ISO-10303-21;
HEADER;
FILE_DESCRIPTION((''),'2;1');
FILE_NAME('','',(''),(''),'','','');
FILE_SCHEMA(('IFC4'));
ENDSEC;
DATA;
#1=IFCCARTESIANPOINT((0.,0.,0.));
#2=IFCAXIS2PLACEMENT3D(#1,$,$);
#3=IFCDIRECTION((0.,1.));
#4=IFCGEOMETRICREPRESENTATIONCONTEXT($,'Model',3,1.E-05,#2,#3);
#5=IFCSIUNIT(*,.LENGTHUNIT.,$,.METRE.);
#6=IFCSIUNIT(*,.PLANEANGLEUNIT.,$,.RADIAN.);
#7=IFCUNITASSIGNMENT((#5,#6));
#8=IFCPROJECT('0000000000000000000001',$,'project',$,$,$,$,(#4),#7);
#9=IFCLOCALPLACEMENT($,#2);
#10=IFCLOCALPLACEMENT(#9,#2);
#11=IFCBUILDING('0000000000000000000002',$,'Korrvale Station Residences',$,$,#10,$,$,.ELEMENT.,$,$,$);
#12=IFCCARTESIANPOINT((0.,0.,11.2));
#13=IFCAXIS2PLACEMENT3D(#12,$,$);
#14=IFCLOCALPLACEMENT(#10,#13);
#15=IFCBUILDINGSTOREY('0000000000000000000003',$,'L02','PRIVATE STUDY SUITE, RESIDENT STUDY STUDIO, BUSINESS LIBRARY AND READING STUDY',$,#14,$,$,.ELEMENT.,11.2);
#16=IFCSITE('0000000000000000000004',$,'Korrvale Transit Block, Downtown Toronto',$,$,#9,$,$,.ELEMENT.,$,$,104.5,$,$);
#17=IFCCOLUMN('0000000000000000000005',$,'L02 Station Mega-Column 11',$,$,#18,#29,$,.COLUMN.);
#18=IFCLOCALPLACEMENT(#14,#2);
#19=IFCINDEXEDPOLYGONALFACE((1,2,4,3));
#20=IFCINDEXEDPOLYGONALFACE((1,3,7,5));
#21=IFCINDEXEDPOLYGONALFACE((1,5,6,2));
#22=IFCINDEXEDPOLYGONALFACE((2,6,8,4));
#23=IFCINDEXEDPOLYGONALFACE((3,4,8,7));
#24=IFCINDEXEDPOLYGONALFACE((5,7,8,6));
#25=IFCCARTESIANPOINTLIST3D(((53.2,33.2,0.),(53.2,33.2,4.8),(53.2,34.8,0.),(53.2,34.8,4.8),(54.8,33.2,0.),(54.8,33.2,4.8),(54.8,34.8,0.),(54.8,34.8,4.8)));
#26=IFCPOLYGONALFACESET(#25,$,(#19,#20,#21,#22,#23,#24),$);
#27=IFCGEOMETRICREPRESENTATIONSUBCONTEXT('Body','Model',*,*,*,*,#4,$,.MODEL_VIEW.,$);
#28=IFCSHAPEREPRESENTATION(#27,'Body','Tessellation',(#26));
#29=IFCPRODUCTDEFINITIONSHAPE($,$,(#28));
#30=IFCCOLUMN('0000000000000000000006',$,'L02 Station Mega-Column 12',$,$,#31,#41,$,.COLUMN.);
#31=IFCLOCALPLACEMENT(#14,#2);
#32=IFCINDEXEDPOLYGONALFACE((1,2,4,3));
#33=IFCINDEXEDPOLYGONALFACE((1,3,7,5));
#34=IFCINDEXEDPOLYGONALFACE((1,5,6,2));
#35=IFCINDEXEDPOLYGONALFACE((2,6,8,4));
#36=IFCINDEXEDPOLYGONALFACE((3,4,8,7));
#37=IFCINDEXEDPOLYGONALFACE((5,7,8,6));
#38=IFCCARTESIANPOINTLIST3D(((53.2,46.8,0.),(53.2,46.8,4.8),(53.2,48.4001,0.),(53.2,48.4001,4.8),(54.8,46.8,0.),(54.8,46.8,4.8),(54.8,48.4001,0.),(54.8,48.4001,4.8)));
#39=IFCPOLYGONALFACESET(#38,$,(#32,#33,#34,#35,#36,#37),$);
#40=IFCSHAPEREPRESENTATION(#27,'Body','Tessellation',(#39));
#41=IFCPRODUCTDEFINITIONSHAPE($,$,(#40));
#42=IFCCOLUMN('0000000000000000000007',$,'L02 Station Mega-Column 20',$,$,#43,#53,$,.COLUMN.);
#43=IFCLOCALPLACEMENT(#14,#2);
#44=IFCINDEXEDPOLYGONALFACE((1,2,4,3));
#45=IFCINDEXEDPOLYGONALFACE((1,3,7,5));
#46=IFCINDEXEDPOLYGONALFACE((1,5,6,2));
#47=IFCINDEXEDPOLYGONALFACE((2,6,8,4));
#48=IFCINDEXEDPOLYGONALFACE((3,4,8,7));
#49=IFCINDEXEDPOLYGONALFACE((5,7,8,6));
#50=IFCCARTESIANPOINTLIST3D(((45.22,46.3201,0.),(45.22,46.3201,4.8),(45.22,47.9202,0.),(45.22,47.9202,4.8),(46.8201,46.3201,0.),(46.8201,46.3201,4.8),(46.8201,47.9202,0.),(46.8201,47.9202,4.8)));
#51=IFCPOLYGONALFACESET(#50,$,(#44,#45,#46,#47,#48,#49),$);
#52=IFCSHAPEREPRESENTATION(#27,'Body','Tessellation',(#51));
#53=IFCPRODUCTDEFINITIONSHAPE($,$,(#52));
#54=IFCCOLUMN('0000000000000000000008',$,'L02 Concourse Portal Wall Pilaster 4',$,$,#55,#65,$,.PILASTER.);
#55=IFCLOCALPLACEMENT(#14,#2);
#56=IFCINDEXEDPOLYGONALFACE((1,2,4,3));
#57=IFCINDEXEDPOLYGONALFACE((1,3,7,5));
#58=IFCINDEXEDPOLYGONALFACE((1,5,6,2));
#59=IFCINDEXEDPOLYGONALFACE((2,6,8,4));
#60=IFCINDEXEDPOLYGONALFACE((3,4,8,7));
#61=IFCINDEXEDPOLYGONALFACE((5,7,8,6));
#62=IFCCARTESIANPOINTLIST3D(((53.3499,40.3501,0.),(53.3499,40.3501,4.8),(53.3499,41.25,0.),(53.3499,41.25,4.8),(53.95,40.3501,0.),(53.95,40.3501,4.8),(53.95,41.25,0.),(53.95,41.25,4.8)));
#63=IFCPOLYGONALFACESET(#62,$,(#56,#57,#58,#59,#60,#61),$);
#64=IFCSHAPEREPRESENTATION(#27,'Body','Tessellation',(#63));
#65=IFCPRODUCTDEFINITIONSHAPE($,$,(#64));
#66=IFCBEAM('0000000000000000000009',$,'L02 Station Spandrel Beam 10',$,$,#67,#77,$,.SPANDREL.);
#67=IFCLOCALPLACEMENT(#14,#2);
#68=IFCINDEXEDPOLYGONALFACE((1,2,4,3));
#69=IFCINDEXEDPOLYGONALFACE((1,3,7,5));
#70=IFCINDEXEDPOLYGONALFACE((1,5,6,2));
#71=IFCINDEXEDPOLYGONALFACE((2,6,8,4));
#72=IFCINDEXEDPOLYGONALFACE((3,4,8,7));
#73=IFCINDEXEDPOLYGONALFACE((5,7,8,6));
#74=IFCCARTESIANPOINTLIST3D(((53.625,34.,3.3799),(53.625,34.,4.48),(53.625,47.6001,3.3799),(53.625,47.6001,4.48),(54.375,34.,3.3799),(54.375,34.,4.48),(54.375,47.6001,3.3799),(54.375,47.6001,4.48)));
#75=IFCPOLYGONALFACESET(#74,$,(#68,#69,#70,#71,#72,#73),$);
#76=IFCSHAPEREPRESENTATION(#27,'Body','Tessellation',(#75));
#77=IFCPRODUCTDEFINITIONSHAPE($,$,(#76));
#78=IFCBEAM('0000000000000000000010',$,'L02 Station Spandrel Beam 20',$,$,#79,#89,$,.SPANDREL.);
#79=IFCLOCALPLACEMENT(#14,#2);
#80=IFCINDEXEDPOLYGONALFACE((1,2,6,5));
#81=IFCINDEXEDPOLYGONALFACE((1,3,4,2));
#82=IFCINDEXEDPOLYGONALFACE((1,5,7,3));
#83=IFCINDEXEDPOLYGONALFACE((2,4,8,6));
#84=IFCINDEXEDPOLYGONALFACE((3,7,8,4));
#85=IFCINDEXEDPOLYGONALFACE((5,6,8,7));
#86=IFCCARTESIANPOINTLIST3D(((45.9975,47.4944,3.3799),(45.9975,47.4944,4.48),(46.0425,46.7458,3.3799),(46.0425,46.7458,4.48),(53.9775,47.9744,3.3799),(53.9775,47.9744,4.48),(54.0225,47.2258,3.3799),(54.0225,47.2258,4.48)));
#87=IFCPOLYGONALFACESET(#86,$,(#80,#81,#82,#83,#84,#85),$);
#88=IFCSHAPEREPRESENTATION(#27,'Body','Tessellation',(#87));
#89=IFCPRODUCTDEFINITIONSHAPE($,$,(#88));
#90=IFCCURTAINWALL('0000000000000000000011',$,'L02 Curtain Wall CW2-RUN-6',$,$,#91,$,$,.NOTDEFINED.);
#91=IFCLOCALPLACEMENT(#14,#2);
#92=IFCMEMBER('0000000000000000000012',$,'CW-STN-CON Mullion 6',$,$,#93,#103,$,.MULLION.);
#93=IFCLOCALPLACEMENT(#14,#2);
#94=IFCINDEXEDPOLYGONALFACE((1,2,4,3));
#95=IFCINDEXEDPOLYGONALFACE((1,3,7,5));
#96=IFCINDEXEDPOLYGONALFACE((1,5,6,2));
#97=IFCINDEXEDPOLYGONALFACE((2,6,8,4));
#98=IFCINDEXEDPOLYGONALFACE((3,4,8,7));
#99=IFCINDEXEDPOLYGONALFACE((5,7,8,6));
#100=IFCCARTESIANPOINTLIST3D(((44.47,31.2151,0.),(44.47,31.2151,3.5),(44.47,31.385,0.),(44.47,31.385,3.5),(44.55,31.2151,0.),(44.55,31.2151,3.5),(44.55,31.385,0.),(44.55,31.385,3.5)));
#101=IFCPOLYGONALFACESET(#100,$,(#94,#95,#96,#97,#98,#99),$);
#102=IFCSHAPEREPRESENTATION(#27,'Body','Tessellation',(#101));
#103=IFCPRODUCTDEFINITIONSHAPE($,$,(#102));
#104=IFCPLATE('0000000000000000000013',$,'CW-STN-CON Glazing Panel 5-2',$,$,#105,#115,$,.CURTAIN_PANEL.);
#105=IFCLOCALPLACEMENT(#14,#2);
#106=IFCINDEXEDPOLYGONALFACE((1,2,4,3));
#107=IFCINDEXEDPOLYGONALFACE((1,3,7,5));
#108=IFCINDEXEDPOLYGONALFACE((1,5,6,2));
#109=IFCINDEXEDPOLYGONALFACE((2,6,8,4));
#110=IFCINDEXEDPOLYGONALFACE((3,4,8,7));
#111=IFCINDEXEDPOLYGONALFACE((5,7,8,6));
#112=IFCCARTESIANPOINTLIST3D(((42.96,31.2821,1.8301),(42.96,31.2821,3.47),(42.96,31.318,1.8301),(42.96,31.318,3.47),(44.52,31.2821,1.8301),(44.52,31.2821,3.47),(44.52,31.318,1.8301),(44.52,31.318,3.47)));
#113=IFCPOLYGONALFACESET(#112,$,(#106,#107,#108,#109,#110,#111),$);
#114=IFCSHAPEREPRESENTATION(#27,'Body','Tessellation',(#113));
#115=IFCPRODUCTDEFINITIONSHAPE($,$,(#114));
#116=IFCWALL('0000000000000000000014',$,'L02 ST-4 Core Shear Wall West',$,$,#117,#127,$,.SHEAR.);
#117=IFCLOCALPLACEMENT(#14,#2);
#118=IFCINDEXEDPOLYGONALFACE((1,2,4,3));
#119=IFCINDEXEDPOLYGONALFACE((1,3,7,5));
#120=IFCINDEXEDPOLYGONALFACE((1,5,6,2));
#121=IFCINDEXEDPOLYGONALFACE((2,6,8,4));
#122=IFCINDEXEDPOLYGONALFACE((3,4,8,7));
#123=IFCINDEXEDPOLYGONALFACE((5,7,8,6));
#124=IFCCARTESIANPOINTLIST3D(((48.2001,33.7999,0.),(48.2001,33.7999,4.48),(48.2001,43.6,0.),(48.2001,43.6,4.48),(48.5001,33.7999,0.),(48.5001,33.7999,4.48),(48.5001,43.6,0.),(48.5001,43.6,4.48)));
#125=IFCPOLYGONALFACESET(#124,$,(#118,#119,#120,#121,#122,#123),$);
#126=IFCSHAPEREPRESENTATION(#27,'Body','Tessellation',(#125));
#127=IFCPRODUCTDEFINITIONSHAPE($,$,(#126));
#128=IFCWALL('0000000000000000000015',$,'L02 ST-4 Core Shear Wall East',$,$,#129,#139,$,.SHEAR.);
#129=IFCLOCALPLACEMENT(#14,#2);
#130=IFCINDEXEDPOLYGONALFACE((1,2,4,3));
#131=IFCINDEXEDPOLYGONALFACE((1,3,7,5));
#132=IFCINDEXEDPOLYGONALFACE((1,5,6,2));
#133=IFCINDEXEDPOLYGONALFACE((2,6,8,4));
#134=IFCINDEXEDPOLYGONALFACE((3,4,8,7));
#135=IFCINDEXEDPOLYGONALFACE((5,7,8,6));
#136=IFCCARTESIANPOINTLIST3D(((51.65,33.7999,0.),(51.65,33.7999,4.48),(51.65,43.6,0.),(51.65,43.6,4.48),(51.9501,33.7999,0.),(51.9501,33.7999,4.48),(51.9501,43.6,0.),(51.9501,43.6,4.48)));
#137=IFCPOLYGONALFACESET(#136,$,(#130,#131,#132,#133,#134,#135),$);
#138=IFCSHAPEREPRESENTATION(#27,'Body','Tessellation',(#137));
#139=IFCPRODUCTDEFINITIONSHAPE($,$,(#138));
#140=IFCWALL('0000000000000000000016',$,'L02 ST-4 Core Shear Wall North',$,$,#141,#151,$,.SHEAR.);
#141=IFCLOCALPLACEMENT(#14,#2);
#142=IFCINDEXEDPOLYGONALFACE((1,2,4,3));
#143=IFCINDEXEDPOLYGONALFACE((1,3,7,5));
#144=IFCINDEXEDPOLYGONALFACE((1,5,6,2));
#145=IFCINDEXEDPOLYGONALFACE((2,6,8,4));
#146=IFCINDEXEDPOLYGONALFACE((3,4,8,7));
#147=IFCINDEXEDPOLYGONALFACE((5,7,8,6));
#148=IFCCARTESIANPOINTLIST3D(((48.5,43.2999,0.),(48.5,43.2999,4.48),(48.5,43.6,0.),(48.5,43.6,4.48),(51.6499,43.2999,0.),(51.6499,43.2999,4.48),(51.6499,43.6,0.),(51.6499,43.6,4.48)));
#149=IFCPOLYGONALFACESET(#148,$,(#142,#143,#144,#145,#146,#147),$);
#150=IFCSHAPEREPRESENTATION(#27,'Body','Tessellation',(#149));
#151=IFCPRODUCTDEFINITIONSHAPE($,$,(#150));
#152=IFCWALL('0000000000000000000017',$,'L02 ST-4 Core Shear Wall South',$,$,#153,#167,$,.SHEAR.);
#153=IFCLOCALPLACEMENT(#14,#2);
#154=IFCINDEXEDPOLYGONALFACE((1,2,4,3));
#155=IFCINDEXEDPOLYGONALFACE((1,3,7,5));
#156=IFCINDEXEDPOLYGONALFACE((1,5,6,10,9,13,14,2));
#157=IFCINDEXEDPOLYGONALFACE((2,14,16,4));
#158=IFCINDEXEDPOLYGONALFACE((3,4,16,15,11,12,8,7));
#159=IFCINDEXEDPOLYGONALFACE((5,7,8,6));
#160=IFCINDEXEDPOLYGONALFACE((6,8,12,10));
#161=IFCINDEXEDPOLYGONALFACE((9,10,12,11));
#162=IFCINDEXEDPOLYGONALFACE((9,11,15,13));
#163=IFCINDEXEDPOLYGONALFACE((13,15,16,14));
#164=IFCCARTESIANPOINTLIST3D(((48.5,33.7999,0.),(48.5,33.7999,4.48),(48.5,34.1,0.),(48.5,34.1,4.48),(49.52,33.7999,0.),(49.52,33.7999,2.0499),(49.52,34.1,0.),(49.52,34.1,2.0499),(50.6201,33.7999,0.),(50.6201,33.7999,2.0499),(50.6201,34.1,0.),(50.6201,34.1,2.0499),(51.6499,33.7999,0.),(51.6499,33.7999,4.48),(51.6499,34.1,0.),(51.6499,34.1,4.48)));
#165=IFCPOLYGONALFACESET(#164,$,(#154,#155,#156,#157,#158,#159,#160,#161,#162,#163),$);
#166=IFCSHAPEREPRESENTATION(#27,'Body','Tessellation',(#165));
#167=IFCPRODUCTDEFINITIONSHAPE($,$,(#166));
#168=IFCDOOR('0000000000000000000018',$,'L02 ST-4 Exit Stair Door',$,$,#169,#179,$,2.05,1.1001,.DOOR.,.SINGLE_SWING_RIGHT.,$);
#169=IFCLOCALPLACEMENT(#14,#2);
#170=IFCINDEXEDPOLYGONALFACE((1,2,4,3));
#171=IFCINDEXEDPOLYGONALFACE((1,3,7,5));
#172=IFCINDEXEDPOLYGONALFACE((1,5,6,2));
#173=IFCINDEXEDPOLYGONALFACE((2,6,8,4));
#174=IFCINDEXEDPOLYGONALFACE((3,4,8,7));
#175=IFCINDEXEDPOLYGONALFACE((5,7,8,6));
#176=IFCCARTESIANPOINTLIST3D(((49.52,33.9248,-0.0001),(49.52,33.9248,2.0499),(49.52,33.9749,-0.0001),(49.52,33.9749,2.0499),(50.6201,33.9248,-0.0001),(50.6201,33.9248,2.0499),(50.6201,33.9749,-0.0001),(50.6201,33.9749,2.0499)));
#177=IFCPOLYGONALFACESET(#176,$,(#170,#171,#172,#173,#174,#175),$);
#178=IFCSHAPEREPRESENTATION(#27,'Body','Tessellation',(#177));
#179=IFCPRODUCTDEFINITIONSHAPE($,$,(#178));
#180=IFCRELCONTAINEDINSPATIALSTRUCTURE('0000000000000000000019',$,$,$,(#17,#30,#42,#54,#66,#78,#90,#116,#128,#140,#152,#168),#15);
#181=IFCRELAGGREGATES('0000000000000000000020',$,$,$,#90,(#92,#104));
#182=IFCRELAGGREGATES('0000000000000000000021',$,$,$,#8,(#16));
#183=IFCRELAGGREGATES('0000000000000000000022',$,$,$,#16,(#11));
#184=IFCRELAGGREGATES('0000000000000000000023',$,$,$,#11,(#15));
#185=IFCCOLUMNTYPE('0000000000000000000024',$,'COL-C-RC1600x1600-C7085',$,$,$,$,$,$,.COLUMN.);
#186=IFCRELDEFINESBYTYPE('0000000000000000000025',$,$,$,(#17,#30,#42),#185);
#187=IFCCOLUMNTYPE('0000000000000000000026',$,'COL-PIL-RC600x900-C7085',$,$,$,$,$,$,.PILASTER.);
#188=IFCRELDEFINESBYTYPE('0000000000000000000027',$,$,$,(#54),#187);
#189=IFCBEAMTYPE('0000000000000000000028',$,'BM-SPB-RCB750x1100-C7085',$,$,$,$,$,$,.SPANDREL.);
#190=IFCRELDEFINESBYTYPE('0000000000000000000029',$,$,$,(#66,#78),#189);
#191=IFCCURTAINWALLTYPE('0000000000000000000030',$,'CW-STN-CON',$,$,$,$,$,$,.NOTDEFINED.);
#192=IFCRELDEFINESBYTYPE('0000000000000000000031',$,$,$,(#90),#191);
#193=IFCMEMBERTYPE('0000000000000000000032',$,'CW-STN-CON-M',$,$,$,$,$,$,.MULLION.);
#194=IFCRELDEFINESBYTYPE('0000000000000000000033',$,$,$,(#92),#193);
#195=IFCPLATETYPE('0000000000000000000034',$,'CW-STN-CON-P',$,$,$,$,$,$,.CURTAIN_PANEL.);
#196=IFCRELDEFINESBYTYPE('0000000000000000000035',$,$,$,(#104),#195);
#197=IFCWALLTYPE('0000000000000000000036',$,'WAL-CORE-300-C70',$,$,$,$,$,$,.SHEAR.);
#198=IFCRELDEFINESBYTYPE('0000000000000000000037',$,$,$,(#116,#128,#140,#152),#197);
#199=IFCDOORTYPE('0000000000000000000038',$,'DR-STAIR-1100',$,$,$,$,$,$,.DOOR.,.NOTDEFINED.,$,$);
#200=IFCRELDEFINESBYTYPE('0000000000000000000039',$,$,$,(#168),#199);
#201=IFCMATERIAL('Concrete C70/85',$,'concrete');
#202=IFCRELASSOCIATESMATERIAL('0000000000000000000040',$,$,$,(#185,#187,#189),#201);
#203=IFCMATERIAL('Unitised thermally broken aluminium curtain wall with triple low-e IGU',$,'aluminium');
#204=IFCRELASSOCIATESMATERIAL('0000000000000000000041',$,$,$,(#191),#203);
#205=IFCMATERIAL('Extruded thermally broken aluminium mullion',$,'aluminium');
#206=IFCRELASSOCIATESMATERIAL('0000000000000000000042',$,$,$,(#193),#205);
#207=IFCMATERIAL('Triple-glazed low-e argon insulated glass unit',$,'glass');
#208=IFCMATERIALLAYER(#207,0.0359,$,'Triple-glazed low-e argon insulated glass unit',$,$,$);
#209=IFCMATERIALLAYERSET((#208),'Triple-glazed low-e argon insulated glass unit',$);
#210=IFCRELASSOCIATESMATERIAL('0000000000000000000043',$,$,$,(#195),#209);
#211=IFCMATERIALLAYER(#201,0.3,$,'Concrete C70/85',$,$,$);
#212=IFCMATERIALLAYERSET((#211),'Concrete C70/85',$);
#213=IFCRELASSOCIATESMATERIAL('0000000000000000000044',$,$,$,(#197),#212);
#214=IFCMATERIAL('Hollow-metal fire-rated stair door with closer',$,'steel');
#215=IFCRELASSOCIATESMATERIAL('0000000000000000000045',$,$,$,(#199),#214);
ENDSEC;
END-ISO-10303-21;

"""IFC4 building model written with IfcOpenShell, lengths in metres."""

from ifc_helpers import new_model, si_unit, direction, frame, frame_2d, origin, origin_2d, place, context, subcontext, project, spatial, rectangle, extrude, material, layer, layer_set, material_profile, profile_set, type_object, element, fill, aggregate, save


model = new_model("IFC4")

# Units and contexts
model_context = context("Model", 3, precision=1e-05, world=origin(), true_north=direction((0.0, 1.0)))
body_context = subcontext(model_context, "Body", "Model", "MODEL_VIEW")
ifc_project = project(units=[si_unit("LENGTHUNIT", "METRE"), si_unit("PLANEANGLEUNIT", "RADIAN")], contexts=[model_context])

# Site, building, storey
site_placement = place(None, origin())
site = spatial("IfcSite", under=ifc_project, at=site_placement, Name="Korrvale Transit Block, Downtown Toronto", CompositionType="ELEMENT", RefElevation=104.5)
building_placement = place(site_placement, origin())
building = spatial("IfcBuilding", under=site, at=building_placement, Name="Korrvale Station Residences", CompositionType="ELEMENT")
storey_placement = place(building_placement, frame((0.0, 0.0, 11.2)))
storey = spatial("IfcBuildingStorey", under=building, at=storey_placement, Name="L02", Description="PRIVATE STUDY SUITE, RESIDENT STUDY STUDIO, BUSINESS LIBRARY AND READING STUDY", CompositionType="ELEMENT", Elevation=11.2)

# Columns
ifc_material_1 = material(Name="Concrete C70/85", Category="concrete")
ifc_material_profile_1 = material_profile(ifc_material_1, rectangle(XDim=1.6001, YDim=1.6001, at=origin_2d()), Name="RC1600x1600")
ifc_profile_set_1 = profile_set([ifc_material_profile_1], Name="Concrete C70/85")
column_type_1 = type_object("IfcColumnType", Name="COL-C-RC1600x1600-C7085", PredefinedType="COLUMN", material=ifc_profile_set_1)
for number, where, z_axis, x_axis, name in (
    (1, (54.0, 34.0, 0.0), (0.0, 0.0, 1.0), (1.0, 0.0, 0.0), "L02 Station Mega-Column 11"),
    (2, (54.0, 47.6001, 0.0), (0.0, 0.0, 1.0), (1.0, 0.0, 0.0), "L02 Station Mega-Column 12"),
    (3, (46.02, 47.1201, 0.0), (0.0, 0.0, 1.0), (1.0, 0.0, 0.0), "L02 Station Mega-Column 20"),
):
    element("IfcColumn", number, at=place(storey_placement, frame(where, z_axis=z_axis, x_axis=x_axis)), inside=storey, type_object=column_type_1, Name=name, PredefinedType="COLUMN", context=body_context, shape_type="SweptSolid", body=[
        extrude(rectangle(XDim=1.6001, YDim=1.6001, at=origin_2d()), origin(), (0.0, 0.0, 1.0), 4.8),
    ])
ifc_material_profile_2 = material_profile(ifc_material_1, rectangle(XDim=0.6001, YDim=0.8999, at=origin_2d()), Name="RC600x900")
ifc_profile_set_2 = profile_set([ifc_material_profile_2], Name="Concrete C70/85")
column_type_2 = type_object("IfcColumnType", Name="COL-PIL-RC600x900-C7085", PredefinedType="PILASTER", material=ifc_profile_set_2)
column_placement = place(storey_placement, frame((53.6499, 40.8, 0.0), z_axis=(0.0, 0.0, 1.0), x_axis=(1.0, 0.0, 0.0)))
element("IfcColumn", 4, at=column_placement, inside=storey, type_object=column_type_2, Name="L02 Concourse Portal Wall Pilaster 4", PredefinedType="PILASTER", context=body_context, shape_type="SweptSolid", body=[
    extrude(rectangle(XDim=0.6001, YDim=0.8999, at=origin_2d()), origin(), (0.0, 0.0, 1.0), 4.8),
])

# Beams
ifc_material_profile_3 = material_profile(ifc_material_1, rectangle(XDim=0.75, YDim=1.1001, at=origin_2d()), Name="RCB750x1100")
ifc_profile_set_3 = profile_set([ifc_material_profile_3], Name="Concrete C70/85")
beam_type = type_object("IfcBeamType", Name="BM-SPB-RCB750x1100-C7085", PredefinedType="SPANDREL", material=ifc_profile_set_3)
beam_1_placement = place(storey_placement, frame((54.0, 34.0, 3.9299), z_axis=(0.0, 1.0, 0.0), x_axis=(-1.0, 0.0, 0.0)))
element("IfcBeam", 5, at=beam_1_placement, inside=storey, type_object=beam_type, Name="L02 Station Spandrel Beam 10", PredefinedType="SPANDREL", context=body_context, shape_type="SweptSolid", body=[
    extrude(rectangle(XDim=0.75, YDim=1.1001, at=origin_2d()), origin(), (0.0, 0.0, 1.0), 13.6001),
])
beam_2_placement = place(storey_placement, frame((46.02, 47.1201, 3.9299), z_axis=(0.998196, 0.06004, 0.0), x_axis=(-0.06004, 0.998196, 0.0)))
element("IfcBeam", 6, at=beam_2_placement, inside=storey, type_object=beam_type, Name="L02 Station Spandrel Beam 20", PredefinedType="SPANDREL", context=body_context, shape_type="SweptSolid", body=[
    extrude(rectangle(XDim=0.75, YDim=1.1001, at=origin_2d()), origin(), (0.0, 0.0, 1.0), 7.9944),
])

# Curtain wall, member, plate
ifc_material_2 = material(Name="Unitised thermally broken aluminium curtain wall with triple low-e IGU", Category="aluminium")
curtain_wall_type = type_object("IfcCurtainWallType", Name="CW-STN-CON", PredefinedType="NOTDEFINED", material=ifc_material_2)
curtain_wall_placement = place(storey_placement, origin())
curtain_wall = element("IfcCurtainWall", 7, at=curtain_wall_placement, inside=storey, type_object=curtain_wall_type, Name="L02 Curtain Wall CW2-RUN-6", PredefinedType="NOTDEFINED")
ifc_material_3 = material(Name="Extruded thermally broken aluminium mullion", Category="aluminium")
member_type = type_object("IfcMemberType", Name="CW-STN-CON-M", PredefinedType="MULLION", material=ifc_material_3)
member_placement = place(storey_placement, frame((44.51, 31.3, 0.0), z_axis=(0.0, 0.0, 1.0), x_axis=(1.0, 0.0, 0.0)))
member = element("IfcMember", 8, at=member_placement, type_object=member_type, Name="CW-STN-CON Mullion 6", PredefinedType="MULLION", context=body_context, shape_type="SweptSolid", body=[
    extrude(rectangle(XDim=0.0801, YDim=0.1699, at=origin_2d()), origin(), (0.0, 0.0, 1.0), 3.5),
])
ifc_material_4 = material(Name="Triple-glazed low-e argon insulated glass unit", Category="glass")
ifc_layer_1 = layer(ifc_material_4, 0.0359, Name="Triple-glazed low-e argon insulated glass unit")
ifc_layer_set_1 = layer_set([ifc_layer_1], Name="Triple-glazed low-e argon insulated glass unit")
plate_type = type_object("IfcPlateType", Name="CW-STN-CON-P", PredefinedType="CURTAIN_PANEL", material=ifc_layer_set_1)
plate_placement = place(storey_placement, frame((43.74, 31.3, 1.8301), z_axis=(0.0, 0.0, 1.0), x_axis=(1.0, 0.0, 0.0)))
plate = element("IfcPlate", 9, at=plate_placement, type_object=plate_type, Name="CW-STN-CON Glazing Panel 5-2", PredefinedType="CURTAIN_PANEL", context=body_context, shape_type="SweptSolid", body=[
    extrude(rectangle(XDim=1.5601, YDim=0.0359, at=origin_2d()), origin(), (0.0, 0.0, 1.0), 1.6399),
])
aggregate(curtain_wall, [member, plate])

# Walls
ifc_layer_2 = layer(ifc_material_1, 0.3, Name="Concrete C70/85")
ifc_layer_set_2 = layer_set([ifc_layer_2], Name="Concrete C70/85")
wall_type_1 = type_object("IfcWallType", Name="WAL-CORE-300-C70", PredefinedType="SHEAR", material=ifc_layer_set_2)
for number, where, z_axis, x_axis, name in (
    (10, (48.3501, 33.8, 0.0), (0.0, 0.0, 1.0), (0.0, 1.0, 0.0), "L02 ST-4 Core Shear Wall West"),
    (11, (51.8, 33.8, 0.0), (0.0, 0.0, 1.0), (0.0, 1.0, 0.0), "L02 ST-4 Core Shear Wall East"),
):
    element("IfcWall", number, at=place(storey_placement, frame(where, z_axis=z_axis, x_axis=x_axis)), inside=storey, type_object=wall_type_1, Name=name, PredefinedType="SHEAR", context=body_context, shape_type="SweptSolid", body=[
        extrude(rectangle(XDim=9.8, YDim=0.3, at=frame_2d((4.8999, 0.0))), origin(), (0.0, 0.0, 1.0), 4.48),
    ])
wall_1_placement = place(storey_placement, frame((48.5, 43.45, 0.0), z_axis=(0.0, 0.0, 1.0), x_axis=(1.0, 0.0, 0.0)))
element("IfcWall", 12, at=wall_1_placement, inside=storey, type_object=wall_type_1, Name="L02 ST-4 Core Shear Wall North", PredefinedType="SHEAR", context=body_context, shape_type="SweptSolid", body=[
    extrude(rectangle(XDim=3.1499, YDim=0.3, at=frame_2d((1.575, 0.0))), origin(), (0.0, 0.0, 1.0), 4.48),
])

# Wall, opening, door
wall_2_placement = place(storey_placement, frame((48.5, 33.95, 0.0), z_axis=(0.0, 0.0, 1.0), x_axis=(1.0, 0.0, 0.0)))
wall_2 = element("IfcWall", 13, at=wall_2_placement, inside=storey, type_object=wall_type_1, Name="L02 ST-4 Core Shear Wall South", PredefinedType="SHEAR", context=body_context, shape_type="SweptSolid", body=[
    extrude(rectangle(XDim=3.1499, YDim=0.3, at=frame_2d((1.575, 0.0))), origin(), (0.0, 0.0, 1.0), 4.48),
])
opening_1_placement = place(wall_2_placement, frame((1.02, 0.0, 0.0)))
opening_1 = element("IfcOpeningElement", 14, at=opening_1_placement, cuts=wall_2, PredefinedType="OPENING", context=body_context, shape_type="SweptSolid", body=[
    extrude(rectangle(XDim=1.1001, YDim=2.05, at=frame_2d((0.55, 1.0249))), frame((0.0, 0.1602, 0.0), z_axis=(0.0, -1.0, 0.0), x_axis=(1.0, 0.0, 0.0)), (0.0, 0.0, 1.0), 0.3201),
])
ifc_material_5 = material(Name="Hollow-metal fire-rated stair door with closer", Category="steel")
door_type = type_object("IfcDoorType", Name="DR-STAIR-1100", OperationType="NOTDEFINED", PredefinedType="DOOR", material=ifc_material_5)
door_placement = place(opening_1_placement, origin())
door = element("IfcDoor", 15, at=door_placement, inside=storey, type_object=door_type, Name="L02 ST-4 Exit Stair Door", OperationType="SINGLE_SWING_RIGHT", OverallHeight=2.05, OverallWidth=1.1001, PredefinedType="DOOR", context=body_context, shape_type="SweptSolid", body=[
    extrude(rectangle(XDim=1.1001, YDim=2.05, at=frame_2d((0.55, 1.0249))), frame((0.0, 0.0249, 0.0), z_axis=(0.0, -1.0, 0.0), x_axis=(1.0, 0.0, 0.0)), (0.0, 0.0, 1.0), 0.05),
])
fill(opening_1, door)

save(model, "model.ifc")
